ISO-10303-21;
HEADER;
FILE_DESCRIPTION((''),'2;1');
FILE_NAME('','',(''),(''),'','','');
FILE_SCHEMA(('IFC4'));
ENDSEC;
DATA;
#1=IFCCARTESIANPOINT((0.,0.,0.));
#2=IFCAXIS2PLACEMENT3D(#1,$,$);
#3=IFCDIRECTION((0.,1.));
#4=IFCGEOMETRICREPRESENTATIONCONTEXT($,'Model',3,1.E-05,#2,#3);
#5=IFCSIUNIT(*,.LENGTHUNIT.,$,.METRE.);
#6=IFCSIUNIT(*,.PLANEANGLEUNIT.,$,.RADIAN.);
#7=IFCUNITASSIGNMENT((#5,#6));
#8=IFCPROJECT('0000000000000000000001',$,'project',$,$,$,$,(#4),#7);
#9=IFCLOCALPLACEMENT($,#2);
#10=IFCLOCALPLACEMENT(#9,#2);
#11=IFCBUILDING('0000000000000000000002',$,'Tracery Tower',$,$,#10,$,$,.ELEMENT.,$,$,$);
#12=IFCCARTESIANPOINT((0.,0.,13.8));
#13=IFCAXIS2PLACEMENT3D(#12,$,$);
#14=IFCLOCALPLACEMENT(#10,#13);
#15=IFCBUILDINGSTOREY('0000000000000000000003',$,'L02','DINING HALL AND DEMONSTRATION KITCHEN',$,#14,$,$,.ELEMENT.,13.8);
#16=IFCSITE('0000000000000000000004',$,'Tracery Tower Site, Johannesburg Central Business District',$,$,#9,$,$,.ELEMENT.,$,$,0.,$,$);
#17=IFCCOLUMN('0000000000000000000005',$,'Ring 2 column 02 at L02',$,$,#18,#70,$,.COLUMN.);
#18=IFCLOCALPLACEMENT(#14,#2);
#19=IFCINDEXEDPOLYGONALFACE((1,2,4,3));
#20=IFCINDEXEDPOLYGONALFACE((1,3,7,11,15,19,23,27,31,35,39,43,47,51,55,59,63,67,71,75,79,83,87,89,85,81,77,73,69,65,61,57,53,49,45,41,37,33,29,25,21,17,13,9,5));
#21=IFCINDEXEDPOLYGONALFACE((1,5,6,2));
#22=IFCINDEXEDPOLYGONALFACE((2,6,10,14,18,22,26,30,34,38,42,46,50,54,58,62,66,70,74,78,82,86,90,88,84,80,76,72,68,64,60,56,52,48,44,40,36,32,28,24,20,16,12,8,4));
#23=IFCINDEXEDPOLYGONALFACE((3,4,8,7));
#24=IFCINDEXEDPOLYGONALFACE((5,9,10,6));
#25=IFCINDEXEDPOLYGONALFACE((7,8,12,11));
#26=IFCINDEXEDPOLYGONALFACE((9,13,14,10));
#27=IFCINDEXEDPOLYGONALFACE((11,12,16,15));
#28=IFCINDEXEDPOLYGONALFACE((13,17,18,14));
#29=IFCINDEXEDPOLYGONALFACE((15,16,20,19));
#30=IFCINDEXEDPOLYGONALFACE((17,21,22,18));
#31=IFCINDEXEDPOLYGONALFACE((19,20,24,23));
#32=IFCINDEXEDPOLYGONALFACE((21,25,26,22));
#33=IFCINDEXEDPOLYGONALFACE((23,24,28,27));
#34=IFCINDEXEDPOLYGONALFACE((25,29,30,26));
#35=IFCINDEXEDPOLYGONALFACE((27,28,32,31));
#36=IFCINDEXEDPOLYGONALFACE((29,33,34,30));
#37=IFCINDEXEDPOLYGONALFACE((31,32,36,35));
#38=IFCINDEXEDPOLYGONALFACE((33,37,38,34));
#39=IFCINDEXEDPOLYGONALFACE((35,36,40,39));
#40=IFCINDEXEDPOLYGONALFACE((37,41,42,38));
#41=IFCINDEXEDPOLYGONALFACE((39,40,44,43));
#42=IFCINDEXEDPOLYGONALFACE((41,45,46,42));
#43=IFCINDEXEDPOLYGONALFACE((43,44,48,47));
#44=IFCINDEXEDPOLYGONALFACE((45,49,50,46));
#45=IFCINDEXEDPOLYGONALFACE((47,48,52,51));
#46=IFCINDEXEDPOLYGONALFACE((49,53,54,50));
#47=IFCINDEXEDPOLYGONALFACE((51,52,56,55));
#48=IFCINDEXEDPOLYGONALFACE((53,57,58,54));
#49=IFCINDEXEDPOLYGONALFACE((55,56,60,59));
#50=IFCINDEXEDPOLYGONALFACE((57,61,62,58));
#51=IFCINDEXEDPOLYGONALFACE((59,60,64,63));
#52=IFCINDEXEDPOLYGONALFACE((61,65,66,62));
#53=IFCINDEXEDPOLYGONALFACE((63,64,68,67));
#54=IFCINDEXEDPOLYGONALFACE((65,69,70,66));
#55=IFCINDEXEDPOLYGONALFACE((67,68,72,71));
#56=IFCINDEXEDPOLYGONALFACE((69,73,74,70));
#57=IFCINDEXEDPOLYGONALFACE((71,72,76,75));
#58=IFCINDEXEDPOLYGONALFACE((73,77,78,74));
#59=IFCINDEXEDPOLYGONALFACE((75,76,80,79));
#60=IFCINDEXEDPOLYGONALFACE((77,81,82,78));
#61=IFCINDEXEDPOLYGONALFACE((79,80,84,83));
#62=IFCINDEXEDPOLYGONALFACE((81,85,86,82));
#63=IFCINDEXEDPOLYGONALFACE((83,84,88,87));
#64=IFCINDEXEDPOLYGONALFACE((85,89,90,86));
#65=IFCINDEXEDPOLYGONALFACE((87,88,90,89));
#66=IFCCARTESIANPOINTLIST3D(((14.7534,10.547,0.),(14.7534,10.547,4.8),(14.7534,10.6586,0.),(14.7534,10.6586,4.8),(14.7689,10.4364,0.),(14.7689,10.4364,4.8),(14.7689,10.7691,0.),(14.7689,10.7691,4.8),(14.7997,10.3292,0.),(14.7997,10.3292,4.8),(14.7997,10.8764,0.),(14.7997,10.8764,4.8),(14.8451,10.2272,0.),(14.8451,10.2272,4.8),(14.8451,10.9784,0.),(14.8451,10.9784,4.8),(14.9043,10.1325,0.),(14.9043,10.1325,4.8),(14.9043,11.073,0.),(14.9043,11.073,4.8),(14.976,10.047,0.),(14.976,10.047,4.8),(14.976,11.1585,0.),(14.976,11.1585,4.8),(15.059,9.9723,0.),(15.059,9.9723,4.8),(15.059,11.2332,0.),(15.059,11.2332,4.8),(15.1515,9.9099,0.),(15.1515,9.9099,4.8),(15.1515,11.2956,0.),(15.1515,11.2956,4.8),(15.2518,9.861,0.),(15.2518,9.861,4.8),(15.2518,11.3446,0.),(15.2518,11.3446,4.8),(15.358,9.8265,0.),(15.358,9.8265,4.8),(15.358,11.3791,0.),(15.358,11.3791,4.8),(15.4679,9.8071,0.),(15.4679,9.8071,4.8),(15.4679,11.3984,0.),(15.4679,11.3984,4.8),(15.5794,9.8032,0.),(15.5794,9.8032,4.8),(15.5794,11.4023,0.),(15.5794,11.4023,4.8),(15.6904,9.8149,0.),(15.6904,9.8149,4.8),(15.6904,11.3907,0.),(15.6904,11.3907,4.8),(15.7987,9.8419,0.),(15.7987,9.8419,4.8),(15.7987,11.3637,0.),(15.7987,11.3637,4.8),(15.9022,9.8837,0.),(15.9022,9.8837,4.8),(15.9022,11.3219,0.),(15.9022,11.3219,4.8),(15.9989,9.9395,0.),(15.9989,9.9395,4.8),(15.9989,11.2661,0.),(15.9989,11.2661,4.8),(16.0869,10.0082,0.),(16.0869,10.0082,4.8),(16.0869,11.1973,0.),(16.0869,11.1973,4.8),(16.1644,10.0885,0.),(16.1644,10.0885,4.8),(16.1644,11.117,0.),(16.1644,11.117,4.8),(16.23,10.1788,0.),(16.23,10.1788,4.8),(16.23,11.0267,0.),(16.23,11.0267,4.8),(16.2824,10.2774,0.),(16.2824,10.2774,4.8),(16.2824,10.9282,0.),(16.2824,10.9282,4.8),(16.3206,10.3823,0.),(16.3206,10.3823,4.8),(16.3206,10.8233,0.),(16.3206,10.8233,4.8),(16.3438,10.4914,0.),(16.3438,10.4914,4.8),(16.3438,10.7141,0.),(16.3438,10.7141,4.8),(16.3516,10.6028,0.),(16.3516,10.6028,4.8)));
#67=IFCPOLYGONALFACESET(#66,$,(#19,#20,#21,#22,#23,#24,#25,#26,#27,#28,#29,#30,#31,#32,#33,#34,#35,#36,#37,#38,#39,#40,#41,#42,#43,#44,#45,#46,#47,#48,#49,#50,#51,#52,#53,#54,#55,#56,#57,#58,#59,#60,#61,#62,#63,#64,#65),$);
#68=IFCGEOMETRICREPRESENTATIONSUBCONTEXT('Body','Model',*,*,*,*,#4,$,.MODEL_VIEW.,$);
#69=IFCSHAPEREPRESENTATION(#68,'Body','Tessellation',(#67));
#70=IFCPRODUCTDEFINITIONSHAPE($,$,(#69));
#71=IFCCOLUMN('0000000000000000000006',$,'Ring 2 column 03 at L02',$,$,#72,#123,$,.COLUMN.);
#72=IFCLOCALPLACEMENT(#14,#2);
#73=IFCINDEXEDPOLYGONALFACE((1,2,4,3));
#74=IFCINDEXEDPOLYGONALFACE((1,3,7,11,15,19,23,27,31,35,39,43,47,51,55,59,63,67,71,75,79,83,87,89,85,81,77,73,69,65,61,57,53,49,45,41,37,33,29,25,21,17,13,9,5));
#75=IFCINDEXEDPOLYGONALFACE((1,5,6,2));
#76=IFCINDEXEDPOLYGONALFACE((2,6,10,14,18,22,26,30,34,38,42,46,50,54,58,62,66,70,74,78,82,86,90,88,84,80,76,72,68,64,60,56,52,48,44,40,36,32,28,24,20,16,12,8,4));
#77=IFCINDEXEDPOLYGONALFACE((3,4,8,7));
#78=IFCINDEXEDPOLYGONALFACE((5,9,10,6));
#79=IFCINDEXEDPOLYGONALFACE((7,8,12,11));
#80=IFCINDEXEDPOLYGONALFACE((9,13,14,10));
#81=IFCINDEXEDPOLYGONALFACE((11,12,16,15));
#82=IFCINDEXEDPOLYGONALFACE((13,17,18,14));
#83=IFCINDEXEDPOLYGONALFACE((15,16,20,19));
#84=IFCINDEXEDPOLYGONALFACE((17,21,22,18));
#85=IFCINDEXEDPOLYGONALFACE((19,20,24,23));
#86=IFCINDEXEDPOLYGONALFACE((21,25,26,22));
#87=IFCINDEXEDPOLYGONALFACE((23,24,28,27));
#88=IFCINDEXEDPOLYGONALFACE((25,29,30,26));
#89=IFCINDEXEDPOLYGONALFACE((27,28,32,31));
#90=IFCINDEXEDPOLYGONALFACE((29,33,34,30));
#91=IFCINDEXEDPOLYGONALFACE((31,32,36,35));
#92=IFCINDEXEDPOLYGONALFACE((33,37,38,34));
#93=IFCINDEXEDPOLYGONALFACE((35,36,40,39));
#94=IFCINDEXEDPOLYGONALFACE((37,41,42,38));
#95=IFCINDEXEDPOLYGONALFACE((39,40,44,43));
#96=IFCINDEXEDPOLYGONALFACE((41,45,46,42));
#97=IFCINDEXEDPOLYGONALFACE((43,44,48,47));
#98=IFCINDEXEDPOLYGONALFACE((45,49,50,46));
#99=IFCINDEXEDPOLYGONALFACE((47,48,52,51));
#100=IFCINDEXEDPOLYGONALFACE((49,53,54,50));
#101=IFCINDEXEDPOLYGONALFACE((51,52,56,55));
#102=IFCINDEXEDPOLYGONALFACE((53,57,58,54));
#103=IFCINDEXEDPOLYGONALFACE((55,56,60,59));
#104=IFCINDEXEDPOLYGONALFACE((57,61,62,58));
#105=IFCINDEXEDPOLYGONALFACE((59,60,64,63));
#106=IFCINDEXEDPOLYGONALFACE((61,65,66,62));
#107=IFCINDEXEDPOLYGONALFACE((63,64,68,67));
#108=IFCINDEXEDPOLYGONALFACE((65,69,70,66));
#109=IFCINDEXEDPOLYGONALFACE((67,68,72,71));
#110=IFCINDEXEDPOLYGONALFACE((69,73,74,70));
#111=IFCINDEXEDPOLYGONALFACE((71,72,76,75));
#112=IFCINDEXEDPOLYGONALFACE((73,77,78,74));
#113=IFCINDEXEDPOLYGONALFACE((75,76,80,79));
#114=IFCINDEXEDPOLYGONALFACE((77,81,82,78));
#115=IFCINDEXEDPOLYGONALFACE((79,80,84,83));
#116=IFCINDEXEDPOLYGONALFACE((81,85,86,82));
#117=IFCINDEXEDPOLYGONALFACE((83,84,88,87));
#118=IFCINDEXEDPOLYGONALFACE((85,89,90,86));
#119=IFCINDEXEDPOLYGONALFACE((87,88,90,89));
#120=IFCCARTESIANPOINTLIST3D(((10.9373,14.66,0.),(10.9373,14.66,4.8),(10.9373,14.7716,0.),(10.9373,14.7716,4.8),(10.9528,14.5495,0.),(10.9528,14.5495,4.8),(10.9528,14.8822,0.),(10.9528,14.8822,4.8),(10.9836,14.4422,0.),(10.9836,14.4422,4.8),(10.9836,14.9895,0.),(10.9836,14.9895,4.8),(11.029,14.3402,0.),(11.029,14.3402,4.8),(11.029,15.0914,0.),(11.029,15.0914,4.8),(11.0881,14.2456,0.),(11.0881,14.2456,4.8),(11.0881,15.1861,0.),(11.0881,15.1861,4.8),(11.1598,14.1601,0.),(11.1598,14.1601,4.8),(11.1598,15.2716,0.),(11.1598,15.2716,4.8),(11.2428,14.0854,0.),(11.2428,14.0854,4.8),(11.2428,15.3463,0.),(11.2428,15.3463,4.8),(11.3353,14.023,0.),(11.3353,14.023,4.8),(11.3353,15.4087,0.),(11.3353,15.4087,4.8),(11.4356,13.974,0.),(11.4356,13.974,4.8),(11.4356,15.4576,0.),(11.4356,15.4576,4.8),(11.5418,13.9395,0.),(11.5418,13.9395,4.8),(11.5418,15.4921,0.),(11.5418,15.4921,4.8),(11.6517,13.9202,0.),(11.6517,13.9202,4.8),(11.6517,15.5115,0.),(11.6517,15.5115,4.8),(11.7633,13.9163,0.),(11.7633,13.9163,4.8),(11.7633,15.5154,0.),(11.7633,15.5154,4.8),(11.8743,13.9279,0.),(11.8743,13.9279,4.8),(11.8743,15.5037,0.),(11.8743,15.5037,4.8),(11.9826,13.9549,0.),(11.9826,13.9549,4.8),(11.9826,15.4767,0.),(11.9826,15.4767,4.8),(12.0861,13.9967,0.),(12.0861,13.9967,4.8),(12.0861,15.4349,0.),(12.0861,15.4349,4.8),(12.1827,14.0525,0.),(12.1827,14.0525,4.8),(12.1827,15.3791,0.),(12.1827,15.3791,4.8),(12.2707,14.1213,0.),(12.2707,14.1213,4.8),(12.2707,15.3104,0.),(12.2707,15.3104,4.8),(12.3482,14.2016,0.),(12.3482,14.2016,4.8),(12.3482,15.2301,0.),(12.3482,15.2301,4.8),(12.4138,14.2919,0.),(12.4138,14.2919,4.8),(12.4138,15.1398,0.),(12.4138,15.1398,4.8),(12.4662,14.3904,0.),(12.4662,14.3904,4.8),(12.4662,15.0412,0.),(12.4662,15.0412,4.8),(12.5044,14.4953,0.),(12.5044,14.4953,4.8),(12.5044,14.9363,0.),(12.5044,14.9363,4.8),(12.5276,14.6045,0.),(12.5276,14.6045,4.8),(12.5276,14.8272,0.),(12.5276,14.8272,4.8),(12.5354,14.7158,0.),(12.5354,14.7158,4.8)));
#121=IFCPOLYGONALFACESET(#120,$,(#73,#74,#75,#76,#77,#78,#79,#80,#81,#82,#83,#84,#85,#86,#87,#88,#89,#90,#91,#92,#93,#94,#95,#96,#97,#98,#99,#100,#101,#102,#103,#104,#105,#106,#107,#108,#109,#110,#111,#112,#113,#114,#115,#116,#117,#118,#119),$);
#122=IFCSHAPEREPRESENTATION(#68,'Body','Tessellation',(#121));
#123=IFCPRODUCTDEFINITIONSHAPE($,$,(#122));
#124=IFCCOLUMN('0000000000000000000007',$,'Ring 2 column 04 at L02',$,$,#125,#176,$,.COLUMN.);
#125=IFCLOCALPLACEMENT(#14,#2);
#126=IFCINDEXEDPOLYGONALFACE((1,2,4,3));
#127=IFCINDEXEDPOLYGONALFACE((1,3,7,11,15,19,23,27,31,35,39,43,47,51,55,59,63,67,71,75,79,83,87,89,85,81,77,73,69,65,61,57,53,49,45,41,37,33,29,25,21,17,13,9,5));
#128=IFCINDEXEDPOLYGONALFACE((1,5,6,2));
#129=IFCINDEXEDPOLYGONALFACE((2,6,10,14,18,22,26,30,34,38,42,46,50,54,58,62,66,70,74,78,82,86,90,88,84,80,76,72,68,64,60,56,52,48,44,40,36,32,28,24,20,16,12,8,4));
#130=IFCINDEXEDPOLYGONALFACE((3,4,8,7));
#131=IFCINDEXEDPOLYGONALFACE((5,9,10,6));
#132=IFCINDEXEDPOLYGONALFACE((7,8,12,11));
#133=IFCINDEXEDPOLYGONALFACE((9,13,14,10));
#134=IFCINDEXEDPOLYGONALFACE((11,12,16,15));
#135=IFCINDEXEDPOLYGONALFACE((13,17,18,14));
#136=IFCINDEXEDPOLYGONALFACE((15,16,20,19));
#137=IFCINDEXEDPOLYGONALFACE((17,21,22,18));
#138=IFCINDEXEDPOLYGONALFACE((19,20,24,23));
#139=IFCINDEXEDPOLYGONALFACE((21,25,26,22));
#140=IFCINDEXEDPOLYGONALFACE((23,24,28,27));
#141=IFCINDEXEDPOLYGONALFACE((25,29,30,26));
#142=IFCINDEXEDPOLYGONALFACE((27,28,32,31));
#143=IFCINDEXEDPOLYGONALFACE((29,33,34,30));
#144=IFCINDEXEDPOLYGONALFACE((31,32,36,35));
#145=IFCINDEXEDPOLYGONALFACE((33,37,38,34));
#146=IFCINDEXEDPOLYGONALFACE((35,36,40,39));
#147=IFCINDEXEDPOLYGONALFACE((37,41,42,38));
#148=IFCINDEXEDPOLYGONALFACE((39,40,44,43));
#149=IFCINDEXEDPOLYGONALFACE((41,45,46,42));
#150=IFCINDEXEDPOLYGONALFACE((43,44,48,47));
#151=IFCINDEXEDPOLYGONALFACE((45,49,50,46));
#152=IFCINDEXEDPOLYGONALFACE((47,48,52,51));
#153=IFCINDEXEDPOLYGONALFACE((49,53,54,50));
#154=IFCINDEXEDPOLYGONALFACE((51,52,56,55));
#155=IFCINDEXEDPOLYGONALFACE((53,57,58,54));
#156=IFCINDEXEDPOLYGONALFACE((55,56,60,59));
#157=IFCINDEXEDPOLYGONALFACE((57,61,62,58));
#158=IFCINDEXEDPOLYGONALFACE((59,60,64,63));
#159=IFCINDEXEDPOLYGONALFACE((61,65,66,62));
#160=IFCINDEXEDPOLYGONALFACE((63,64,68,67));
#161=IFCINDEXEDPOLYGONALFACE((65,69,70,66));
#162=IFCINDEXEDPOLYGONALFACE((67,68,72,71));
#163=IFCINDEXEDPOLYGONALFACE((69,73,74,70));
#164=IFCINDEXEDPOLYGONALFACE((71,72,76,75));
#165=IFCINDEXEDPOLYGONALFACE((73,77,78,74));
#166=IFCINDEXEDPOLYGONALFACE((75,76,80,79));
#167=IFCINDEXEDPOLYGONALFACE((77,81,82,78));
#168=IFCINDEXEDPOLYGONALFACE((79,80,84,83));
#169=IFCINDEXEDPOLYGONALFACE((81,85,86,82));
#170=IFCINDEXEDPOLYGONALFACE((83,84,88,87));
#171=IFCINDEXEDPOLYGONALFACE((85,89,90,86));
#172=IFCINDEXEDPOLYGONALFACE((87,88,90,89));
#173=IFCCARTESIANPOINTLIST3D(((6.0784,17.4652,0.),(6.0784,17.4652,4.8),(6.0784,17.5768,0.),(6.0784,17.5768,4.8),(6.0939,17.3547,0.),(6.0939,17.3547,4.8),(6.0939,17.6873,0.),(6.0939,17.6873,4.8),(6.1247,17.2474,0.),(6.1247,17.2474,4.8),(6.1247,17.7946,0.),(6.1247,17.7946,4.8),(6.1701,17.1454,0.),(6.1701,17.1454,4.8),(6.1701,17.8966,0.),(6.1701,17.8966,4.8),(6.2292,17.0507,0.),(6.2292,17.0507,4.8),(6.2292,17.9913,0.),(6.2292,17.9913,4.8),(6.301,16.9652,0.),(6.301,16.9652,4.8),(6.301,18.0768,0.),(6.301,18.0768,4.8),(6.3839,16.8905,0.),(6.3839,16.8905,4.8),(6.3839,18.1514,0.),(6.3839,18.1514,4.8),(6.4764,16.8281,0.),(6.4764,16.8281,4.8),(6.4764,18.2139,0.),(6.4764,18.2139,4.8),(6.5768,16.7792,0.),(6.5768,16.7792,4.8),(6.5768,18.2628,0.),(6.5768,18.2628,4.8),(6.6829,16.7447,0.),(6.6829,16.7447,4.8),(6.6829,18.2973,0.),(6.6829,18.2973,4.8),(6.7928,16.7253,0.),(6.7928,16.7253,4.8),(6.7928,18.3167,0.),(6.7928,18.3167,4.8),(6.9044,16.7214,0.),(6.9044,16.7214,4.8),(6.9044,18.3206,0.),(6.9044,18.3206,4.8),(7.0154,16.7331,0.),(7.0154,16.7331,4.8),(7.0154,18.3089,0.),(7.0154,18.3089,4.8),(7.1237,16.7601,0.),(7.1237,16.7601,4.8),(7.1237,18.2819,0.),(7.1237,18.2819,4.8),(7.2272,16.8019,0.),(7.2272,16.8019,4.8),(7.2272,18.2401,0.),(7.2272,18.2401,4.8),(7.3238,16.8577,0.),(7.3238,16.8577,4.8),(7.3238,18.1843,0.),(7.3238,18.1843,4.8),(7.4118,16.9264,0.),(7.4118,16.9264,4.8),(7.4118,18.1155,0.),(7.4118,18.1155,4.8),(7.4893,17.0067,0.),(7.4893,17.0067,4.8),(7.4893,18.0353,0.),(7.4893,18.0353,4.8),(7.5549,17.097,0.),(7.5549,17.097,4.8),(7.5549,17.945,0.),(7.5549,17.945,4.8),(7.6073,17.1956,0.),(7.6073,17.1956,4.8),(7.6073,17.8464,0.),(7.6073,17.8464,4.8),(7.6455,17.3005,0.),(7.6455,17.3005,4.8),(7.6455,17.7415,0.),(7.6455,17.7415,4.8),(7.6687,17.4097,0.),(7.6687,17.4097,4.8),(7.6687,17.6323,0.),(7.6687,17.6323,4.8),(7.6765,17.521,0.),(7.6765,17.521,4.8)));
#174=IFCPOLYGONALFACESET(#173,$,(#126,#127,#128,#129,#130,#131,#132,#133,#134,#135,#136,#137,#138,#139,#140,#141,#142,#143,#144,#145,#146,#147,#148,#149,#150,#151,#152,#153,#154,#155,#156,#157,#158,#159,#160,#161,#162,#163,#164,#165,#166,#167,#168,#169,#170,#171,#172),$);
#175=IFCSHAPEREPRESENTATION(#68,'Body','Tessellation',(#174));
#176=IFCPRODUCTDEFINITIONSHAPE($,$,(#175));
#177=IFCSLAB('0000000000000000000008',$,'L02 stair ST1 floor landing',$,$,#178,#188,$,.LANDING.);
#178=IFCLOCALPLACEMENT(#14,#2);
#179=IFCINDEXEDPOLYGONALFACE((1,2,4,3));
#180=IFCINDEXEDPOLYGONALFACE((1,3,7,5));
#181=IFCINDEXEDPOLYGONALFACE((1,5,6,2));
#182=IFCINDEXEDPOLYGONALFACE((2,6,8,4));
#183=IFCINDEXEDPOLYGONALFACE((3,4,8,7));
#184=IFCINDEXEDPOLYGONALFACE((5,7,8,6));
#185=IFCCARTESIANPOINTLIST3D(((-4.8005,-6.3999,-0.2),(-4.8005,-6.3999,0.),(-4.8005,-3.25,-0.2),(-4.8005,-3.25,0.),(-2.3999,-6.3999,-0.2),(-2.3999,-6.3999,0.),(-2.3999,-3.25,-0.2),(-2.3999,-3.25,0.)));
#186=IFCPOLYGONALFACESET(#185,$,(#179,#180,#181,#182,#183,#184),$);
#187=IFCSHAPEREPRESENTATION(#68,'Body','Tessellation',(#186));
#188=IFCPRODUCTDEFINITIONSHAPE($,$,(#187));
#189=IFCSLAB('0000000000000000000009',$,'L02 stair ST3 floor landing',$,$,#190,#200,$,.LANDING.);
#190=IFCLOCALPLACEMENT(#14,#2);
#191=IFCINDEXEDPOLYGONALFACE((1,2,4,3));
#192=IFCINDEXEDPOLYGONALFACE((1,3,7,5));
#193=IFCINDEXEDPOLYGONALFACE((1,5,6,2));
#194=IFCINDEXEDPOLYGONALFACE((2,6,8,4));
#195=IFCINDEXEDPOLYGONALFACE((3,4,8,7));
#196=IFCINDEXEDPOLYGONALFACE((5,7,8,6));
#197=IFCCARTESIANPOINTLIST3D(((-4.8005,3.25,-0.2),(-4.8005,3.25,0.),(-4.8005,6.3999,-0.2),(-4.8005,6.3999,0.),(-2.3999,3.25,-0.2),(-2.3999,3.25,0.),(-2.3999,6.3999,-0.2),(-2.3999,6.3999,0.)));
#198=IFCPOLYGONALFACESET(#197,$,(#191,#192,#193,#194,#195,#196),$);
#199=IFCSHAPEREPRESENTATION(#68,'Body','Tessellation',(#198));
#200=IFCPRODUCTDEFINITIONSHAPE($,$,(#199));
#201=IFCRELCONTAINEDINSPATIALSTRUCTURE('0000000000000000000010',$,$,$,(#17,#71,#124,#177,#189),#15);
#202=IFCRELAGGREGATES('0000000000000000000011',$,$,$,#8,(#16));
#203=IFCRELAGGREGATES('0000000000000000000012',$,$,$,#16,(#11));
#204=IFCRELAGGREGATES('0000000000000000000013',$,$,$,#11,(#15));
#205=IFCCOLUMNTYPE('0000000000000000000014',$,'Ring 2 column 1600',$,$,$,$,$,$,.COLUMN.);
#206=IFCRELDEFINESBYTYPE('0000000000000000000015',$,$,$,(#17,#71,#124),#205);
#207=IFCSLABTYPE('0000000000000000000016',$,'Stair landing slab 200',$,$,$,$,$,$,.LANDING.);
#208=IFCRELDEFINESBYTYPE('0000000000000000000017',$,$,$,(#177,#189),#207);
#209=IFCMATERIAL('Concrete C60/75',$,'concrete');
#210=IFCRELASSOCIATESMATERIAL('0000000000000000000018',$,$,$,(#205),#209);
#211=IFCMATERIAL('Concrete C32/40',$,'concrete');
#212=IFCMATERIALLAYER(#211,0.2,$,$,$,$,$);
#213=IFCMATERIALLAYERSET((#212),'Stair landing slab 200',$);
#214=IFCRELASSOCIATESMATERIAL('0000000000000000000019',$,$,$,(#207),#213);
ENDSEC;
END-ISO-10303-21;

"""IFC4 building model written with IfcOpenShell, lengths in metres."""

from ifc_helpers import new_model, si_unit, direction, frame, origin, origin_2d, place, context, subcontext, project, spatial, polyline, circle, outline, extrude, material, layer, layer_set, material_profile, profile_set, type_object, element, save


model = new_model("IFC4")

# Units and contexts
model_context = context("Model", 3, precision=1e-05, world=origin(), true_north=direction((0.0, 1.0)))
body_context = subcontext(model_context, "Body", "Model", "MODEL_VIEW")
ifc_project = project(units=[si_unit("LENGTHUNIT", "METRE"), si_unit("PLANEANGLEUNIT", "RADIAN")], contexts=[model_context])

# Site, building, storey
site_placement = place(None, origin())
site = spatial("IfcSite", under=ifc_project, at=site_placement, Name="Tracery Tower Site, Johannesburg Central Business District", CompositionType="ELEMENT", RefElevation=0.0)
building_placement = place(site_placement, origin())
building = spatial("IfcBuilding", under=site, at=building_placement, Name="Tracery Tower", CompositionType="ELEMENT")
storey_placement = place(building_placement, frame((0.0, 0.0, 13.8)))
storey = spatial("IfcBuildingStorey", under=building, at=storey_placement, Name="L02", Description="DINING HALL AND DEMONSTRATION KITCHEN", CompositionType="ELEMENT", Elevation=13.8)

# Columns
ifc_material_1 = material(Name="Concrete C60/75", Category="concrete")
ifc_material_profile = material_profile(ifc_material_1, circle(Radius=0.8, at=origin_2d()), Name="RC D1600")
ifc_profile_set = profile_set([ifc_material_profile], Name="Concrete C60/75")
column_type = type_object("IfcColumnType", Name="Ring 2 column 1600", PredefinedType="COLUMN", material=ifc_profile_set)
for number, where, z_axis, x_axis, name in (
    (1, (15.5515, 10.6028, 0.0), (0.0, 0.0, 1.0), (1.0, 0.0, 0.0), "Ring 2 column 02 at L02"),
    (2, (11.7354, 14.7158, 0.0), (0.0, 0.0, 1.0), (1.0, 0.0, 0.0), "Ring 2 column 03 at L02"),
    (3, (6.8765, 17.521, 0.0), (0.0, 0.0, 1.0), (1.0, 0.0, 0.0), "Ring 2 column 04 at L02"),
):
    element("IfcColumn", number, at=place(storey_placement, frame(where, z_axis=z_axis, x_axis=x_axis)), inside=storey, type_object=column_type, Name=name, PredefinedType="COLUMN", context=body_context, shape_type="SweptSolid", body=[
        extrude(circle(Radius=0.8, at=origin_2d()), origin(), (0.0, 0.0, 1.0), 4.8),
    ])

# Slabs
ifc_material_2 = material(Name="Concrete C32/40", Category="concrete")
ifc_layer_1 = layer(ifc_material_2, 0.2)
ifc_layer_set_1 = layer_set([ifc_layer_1], Name="Stair landing slab 200")
slab_type = type_object("IfcSlabType", Name="Stair landing slab 200", PredefinedType="LANDING", material=ifc_layer_set_1)
slab_1_placement = place(storey_placement, frame((0.0, 0.0, -0.2)))
element("IfcSlab", 4, at=slab_1_placement, inside=storey, type_object=slab_type, Name="L02 stair ST1 floor landing", PredefinedType="LANDING", context=body_context, shape_type="SweptSolid", body=[
    extrude(outline(polyline([(-2.3999, -3.25), (-4.8005, -3.25), (-4.8005, -6.3999), (-2.3999, -6.3999), (-2.3999, -3.25)])), origin(), (0.0, 0.0, 1.0), 0.2),
])
slab_2_placement = place(storey_placement, frame((0.0, 0.0, -0.2)))
element("IfcSlab", 5, at=slab_2_placement, inside=storey, type_object=slab_type, Name="L02 stair ST3 floor landing", PredefinedType="LANDING", context=body_context, shape_type="SweptSolid", body=[
    extrude(outline(polyline([(-2.3999, 6.3999), (-4.8005, 6.3999), (-4.8005, 3.25), (-2.3999, 3.25), (-2.3999, 6.3999)])), origin(), (0.0, 0.0, 1.0), 0.2),
])

save(model, "model.ifc")
